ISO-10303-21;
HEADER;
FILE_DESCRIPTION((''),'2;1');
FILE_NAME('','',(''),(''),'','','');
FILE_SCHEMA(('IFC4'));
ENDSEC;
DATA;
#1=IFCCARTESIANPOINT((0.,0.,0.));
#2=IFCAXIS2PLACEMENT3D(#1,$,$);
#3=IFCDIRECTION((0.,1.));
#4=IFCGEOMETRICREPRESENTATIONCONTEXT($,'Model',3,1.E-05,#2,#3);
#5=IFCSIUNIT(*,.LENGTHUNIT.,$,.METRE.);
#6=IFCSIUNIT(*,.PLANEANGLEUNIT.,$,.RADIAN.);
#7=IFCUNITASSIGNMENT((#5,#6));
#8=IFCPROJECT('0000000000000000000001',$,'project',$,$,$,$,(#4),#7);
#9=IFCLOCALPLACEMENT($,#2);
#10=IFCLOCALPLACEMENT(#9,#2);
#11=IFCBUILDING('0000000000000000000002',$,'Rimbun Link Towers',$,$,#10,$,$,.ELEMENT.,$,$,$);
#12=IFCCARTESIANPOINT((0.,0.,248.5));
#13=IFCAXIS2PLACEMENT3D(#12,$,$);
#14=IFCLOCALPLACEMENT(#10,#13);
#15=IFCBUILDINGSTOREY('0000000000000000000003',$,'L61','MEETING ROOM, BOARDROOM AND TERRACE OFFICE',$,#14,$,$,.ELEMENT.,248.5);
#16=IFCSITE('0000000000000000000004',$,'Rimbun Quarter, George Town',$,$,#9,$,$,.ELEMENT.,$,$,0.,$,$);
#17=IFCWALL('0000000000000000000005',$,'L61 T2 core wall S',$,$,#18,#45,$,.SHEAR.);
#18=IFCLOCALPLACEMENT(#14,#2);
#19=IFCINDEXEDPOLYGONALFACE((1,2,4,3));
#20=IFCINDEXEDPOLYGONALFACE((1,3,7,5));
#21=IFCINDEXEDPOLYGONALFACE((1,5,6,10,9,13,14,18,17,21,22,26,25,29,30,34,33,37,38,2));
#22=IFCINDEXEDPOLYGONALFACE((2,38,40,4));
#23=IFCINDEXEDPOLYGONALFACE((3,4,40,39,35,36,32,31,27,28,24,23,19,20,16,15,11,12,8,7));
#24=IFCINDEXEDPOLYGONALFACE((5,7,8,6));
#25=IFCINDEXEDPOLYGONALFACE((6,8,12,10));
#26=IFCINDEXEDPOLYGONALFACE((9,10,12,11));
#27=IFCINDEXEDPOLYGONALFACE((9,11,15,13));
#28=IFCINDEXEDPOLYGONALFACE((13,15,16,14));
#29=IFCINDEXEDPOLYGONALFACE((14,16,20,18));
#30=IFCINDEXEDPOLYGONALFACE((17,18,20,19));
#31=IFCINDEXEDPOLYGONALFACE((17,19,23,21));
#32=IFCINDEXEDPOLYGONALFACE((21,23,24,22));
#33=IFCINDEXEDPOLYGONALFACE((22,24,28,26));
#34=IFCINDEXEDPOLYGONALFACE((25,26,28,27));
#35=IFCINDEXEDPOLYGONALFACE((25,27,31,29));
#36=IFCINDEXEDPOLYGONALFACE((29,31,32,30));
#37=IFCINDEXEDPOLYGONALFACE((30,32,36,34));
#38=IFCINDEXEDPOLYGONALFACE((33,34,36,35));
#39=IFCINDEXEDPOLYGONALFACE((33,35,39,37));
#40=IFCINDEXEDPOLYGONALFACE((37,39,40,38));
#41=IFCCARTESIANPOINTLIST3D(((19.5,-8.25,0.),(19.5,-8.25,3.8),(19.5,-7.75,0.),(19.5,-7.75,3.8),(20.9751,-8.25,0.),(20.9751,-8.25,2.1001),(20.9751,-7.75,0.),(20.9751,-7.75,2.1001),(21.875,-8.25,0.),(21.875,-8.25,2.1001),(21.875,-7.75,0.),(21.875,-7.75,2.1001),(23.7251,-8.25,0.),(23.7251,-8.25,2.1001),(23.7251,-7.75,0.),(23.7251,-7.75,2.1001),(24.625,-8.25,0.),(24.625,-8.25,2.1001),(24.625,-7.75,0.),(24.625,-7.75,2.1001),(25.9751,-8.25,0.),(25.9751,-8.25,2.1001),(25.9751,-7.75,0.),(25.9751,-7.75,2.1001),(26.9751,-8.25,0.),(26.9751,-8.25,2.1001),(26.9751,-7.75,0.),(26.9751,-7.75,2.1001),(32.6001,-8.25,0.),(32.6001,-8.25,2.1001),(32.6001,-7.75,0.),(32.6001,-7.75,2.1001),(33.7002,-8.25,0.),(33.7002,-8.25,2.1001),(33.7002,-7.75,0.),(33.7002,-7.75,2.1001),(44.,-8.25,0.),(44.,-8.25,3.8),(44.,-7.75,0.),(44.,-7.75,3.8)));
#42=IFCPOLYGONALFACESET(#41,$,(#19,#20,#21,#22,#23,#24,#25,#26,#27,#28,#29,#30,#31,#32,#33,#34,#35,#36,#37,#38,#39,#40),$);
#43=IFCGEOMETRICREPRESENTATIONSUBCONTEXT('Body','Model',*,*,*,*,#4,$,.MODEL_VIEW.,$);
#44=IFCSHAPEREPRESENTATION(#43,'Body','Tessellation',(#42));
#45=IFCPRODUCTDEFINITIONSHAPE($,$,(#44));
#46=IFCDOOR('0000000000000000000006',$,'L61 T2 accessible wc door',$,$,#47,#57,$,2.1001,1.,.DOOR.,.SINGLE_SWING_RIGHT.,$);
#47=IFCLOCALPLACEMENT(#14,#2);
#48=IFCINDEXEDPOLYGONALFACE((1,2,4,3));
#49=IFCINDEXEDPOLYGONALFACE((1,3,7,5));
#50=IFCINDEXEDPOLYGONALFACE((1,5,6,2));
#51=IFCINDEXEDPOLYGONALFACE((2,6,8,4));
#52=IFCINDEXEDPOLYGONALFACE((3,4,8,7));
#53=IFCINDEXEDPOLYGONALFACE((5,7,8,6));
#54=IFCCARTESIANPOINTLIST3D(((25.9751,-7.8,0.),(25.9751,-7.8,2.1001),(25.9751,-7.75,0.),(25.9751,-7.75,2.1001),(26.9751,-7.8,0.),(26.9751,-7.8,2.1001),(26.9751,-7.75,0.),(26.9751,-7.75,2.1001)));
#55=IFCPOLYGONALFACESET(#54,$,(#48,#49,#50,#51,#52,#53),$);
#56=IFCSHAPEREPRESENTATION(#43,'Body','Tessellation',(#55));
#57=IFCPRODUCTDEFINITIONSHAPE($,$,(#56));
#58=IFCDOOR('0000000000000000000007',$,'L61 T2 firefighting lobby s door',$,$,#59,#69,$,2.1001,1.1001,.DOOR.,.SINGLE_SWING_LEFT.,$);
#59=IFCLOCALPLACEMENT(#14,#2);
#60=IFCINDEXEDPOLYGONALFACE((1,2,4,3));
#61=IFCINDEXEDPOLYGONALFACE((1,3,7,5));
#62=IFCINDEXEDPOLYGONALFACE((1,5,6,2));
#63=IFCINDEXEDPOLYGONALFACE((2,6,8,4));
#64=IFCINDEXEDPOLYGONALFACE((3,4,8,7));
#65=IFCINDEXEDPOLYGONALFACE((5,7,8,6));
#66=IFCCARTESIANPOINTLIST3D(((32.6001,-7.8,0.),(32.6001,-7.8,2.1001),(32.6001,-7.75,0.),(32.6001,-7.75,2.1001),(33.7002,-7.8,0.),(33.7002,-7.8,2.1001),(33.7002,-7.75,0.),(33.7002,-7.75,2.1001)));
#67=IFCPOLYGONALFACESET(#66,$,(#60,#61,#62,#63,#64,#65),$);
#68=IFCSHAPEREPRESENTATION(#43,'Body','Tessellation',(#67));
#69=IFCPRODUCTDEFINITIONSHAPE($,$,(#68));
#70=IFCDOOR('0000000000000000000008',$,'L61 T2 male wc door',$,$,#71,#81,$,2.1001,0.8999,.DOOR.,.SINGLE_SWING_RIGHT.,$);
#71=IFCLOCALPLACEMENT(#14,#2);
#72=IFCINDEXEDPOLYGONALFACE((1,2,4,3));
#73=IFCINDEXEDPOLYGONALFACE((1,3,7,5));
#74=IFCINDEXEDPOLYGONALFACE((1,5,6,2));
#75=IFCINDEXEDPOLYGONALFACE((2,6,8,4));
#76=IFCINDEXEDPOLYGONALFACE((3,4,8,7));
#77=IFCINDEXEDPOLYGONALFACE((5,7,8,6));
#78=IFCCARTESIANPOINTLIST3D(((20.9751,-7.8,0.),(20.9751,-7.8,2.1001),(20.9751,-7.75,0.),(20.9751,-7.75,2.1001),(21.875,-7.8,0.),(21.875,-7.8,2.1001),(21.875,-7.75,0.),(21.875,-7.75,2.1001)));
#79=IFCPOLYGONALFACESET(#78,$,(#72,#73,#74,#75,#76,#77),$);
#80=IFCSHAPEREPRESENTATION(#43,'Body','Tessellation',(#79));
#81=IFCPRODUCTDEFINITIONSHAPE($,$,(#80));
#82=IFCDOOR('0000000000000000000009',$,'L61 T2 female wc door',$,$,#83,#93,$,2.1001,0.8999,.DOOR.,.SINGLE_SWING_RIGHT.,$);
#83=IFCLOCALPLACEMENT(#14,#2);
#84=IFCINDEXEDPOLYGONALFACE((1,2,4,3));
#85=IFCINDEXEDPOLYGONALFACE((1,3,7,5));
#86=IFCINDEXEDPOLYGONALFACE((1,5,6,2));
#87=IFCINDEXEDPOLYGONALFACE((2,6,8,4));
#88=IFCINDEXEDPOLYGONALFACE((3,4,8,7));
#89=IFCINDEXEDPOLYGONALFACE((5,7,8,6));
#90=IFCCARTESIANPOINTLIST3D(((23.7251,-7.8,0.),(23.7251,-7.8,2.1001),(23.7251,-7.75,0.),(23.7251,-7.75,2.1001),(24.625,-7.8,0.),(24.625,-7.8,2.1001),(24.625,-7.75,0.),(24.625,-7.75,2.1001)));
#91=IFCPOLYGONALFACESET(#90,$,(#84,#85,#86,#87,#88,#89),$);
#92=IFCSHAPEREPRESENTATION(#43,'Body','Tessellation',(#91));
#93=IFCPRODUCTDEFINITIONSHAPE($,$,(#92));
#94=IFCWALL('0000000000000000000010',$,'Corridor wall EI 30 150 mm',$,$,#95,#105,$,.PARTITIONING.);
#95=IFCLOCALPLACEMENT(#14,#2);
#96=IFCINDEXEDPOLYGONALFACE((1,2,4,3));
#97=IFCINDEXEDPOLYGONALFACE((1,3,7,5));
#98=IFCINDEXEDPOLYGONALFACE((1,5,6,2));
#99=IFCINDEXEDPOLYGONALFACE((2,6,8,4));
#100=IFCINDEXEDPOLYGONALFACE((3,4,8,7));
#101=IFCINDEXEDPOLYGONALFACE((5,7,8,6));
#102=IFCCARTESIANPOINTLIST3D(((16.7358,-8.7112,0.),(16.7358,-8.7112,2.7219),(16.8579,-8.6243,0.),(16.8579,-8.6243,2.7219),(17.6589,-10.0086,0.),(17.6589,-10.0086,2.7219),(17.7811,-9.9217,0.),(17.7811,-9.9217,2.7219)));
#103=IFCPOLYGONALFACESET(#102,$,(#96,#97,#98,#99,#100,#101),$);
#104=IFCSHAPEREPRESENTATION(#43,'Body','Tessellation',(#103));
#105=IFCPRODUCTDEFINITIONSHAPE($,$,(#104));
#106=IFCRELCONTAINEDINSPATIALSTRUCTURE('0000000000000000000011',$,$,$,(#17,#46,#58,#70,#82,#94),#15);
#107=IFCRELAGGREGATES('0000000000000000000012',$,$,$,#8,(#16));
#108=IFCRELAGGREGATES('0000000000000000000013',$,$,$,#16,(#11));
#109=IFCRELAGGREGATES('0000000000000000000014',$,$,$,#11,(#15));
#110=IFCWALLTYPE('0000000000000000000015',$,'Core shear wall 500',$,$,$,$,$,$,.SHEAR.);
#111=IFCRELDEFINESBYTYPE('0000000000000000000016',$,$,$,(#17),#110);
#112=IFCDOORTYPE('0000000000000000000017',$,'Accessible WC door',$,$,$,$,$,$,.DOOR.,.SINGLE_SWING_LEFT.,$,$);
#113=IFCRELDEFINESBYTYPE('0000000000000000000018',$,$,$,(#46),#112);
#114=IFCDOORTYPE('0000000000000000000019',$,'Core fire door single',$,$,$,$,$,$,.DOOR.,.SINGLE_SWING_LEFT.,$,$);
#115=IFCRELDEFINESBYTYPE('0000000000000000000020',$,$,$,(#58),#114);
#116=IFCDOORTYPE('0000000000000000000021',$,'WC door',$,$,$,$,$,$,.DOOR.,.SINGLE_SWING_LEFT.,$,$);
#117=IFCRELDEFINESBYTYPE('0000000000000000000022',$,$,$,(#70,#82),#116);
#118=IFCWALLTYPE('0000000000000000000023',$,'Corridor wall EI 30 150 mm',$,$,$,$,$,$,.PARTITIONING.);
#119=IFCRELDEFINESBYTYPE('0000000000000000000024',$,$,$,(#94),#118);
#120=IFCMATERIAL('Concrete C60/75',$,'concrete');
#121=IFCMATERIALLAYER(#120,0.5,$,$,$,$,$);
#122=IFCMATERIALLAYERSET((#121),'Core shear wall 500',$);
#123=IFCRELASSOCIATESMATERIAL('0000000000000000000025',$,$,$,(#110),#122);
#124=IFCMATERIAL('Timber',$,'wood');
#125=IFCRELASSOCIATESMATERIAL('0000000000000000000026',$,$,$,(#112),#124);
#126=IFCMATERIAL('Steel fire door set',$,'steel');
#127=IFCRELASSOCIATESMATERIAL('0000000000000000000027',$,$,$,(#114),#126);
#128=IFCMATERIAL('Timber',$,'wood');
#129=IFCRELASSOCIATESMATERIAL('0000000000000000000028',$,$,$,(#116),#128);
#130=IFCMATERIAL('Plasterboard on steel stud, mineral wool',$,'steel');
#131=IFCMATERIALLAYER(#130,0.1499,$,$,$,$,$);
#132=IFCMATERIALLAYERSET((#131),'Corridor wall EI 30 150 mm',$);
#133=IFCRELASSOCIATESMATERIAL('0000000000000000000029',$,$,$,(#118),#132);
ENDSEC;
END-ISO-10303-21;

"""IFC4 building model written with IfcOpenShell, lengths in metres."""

from ifc_helpers import new_model, si_unit, direction, frame, frame_2d, origin, place, context, subcontext, project, spatial, rectangle, extrude, material, layer, layer_set, type_object, element, fill, save


model = new_model("IFC4")

# Units and contexts
model_context = context("Model", 3, precision=1e-05, world=origin(), true_north=direction((0.0, 1.0)))
body_context = subcontext(model_context, "Body", "Model", "MODEL_VIEW")
ifc_project = project(units=[si_unit("LENGTHUNIT", "METRE"), si_unit("PLANEANGLEUNIT", "RADIAN")], contexts=[model_context])

# Site, building, storey
site_placement = place(None, origin())
site = spatial("IfcSite", under=ifc_project, at=site_placement, Name="Rimbun Quarter, George Town", CompositionType="ELEMENT", RefElevation=0.0)
building_placement = place(site_placement, origin())
building = spatial("IfcBuilding", under=site, at=building_placement, Name="Rimbun Link Towers", CompositionType="ELEMENT")
storey_placement = place(building_placement, frame((0.0, 0.0, 248.5)))
storey = spatial("IfcBuildingStorey", under=building, at=storey_placement, Name="L61", Description="MEETING ROOM, BOARDROOM AND TERRACE OFFICE", CompositionType="ELEMENT", Elevation=248.5)

# Wall, openings, doors
ifc_material_1 = material(Name="Concrete C60/75", Category="concrete")
ifc_layer_1 = layer(ifc_material_1, 0.5)
ifc_layer_set_1 = layer_set([ifc_layer_1], Name="Core shear wall 500")
wall_type_1 = type_object("IfcWallType", Name="Core shear wall 500", PredefinedType="SHEAR", material=ifc_layer_set_1)
wall_1_placement = place(storey_placement, frame((19.5, -8.0, 0.0), z_axis=(0.0, 0.0, 1.0), x_axis=(1.0, 0.0, 0.0)))
wall_1 = element("IfcWall", 1, at=wall_1_placement, inside=storey, type_object=wall_type_1, Name="L61 T2 core wall S", PredefinedType="SHEAR", context=body_context, shape_type="SweptSolid", body=[
    extrude(rectangle(XDim=24.5, YDim=0.5, at=frame_2d((12.25, 0.0))), origin(), (0.0, 0.0, 1.0), 3.8),
])
opening_1_placement = place(wall_1_placement, frame((13.1001, 0.0, 0.0)))
opening_1 = element("IfcOpeningElement", 2, at=opening_1_placement, cuts=wall_1, PredefinedType="OPENING", context=body_context, shape_type="SweptSolid", body=[
    extrude(rectangle(XDim=1.1001, YDim=2.1001, at=frame_2d((0.55, 1.05))), frame((0.0, 0.26, 0.0), z_axis=(0.0, -1.0, 0.0), x_axis=(1.0, 0.0, 0.0)), (0.0, 0.0, 1.0), 0.52),
])
opening_2_placement = place(wall_1_placement, frame((1.4751, 0.0, 0.0)))
opening_2 = element("IfcOpeningElement", 3, at=opening_2_placement, cuts=wall_1, PredefinedType="OPENING", context=body_context, shape_type="SweptSolid", body=[
    extrude(rectangle(XDim=0.8999, YDim=2.1001, at=frame_2d((0.45, 1.05))), frame((0.0, 0.26, 0.0), z_axis=(0.0, -1.0, 0.0), x_axis=(1.0, 0.0, 0.0)), (0.0, 0.0, 1.0), 0.52),
])
opening_3_placement = place(wall_1_placement, frame((4.2251, 0.0, 0.0)))
opening_3 = element("IfcOpeningElement", 4, at=opening_3_placement, cuts=wall_1, PredefinedType="OPENING", context=body_context, shape_type="SweptSolid", body=[
    extrude(rectangle(XDim=0.8999, YDim=2.1001, at=frame_2d((0.45, 1.05))), frame((0.0, 0.26, 0.0), z_axis=(0.0, -1.0, 0.0), x_axis=(1.0, 0.0, 0.0)), (0.0, 0.0, 1.0), 0.52),
])
opening_4_placement = place(wall_1_placement, frame((6.4751, 0.0, 0.0)))
opening_4 = element("IfcOpeningElement", 5, at=opening_4_placement, cuts=wall_1, PredefinedType="OPENING", context=body_context, shape_type="SweptSolid", body=[
    extrude(rectangle(XDim=1.0, YDim=2.1001, at=frame_2d((0.5, 1.05))), frame((0.0, 0.26, 0.0), z_axis=(0.0, -1.0, 0.0), x_axis=(1.0, 0.0, 0.0)), (0.0, 0.0, 1.0), 0.52),
])
ifc_material_2 = material(Name="Timber", Category="wood")
door_type_1 = type_object("IfcDoorType", Name="Accessible WC door", OperationType="SINGLE_SWING_LEFT", PredefinedType="DOOR", material=ifc_material_2)
door_1_placement = place(opening_4_placement, origin())
door_1 = element("IfcDoor", 6, at=door_1_placement, inside=storey, type_object=door_type_1, Name="L61 T2 accessible wc door", OperationType="SINGLE_SWING_RIGHT", OverallHeight=2.1001, OverallWidth=1.0, PredefinedType="DOOR", context=body_context, shape_type="SweptSolid", body=[
    extrude(rectangle(XDim=1.0, YDim=2.1001, at=frame_2d((0.5, 1.05))), frame((0.0, 0.25, 0.0), z_axis=(0.0, -1.0, 0.0), x_axis=(1.0, 0.0, 0.0)), (0.0, 0.0, 1.0), 0.05),
])
fill(opening_4, door_1)
ifc_material_3 = material(Name="Steel fire door set", Category="steel")
door_type_2 = type_object("IfcDoorType", Name="Core fire door single", OperationType="SINGLE_SWING_LEFT", PredefinedType="DOOR", material=ifc_material_3)
door_2_placement = place(opening_1_placement, origin())
door_2 = element("IfcDoor", 7, at=door_2_placement, inside=storey, type_object=door_type_2, Name="L61 T2 firefighting lobby s door", OperationType="SINGLE_SWING_LEFT", OverallHeight=2.1001, OverallWidth=1.1001, PredefinedType="DOOR", context=body_context, shape_type="SweptSolid", body=[
    extrude(rectangle(XDim=1.1001, YDim=2.1001, at=frame_2d((0.55, 1.05))), frame((0.0, 0.25, 0.0), z_axis=(0.0, -1.0, 0.0), x_axis=(1.0, 0.0, 0.0)), (0.0, 0.0, 1.0), 0.05),
])
fill(opening_1, door_2)
ifc_material_4 = material(Name="Timber", Category="wood")
door_type_3 = type_object("IfcDoorType", Name="WC door", OperationType="SINGLE_SWING_LEFT", PredefinedType="DOOR", material=ifc_material_4)
door_3_placement = place(opening_2_placement, origin())
door_3 = element("IfcDoor", 8, at=door_3_placement, inside=storey, type_object=door_type_3, Name="L61 T2 male wc door", OperationType="SINGLE_SWING_RIGHT", OverallHeight=2.1001, OverallWidth=0.8999, PredefinedType="DOOR", context=body_context, shape_type="SweptSolid", body=[
    extrude(rectangle(XDim=0.8999, YDim=2.1001, at=frame_2d((0.45, 1.05))), frame((0.0, 0.25, 0.0), z_axis=(0.0, -1.0, 0.0), x_axis=(1.0, 0.0, 0.0)), (0.0, 0.0, 1.0), 0.05),
])
fill(opening_2, door_3)
door_4_placement = place(opening_3_placement, origin())
door_4 = element("IfcDoor", 9, at=door_4_placement, inside=storey, type_object=door_type_3, Name="L61 T2 female wc door", OperationType="SINGLE_SWING_RIGHT", OverallHeight=2.1001, OverallWidth=0.8999, PredefinedType="DOOR", context=body_context, shape_type="SweptSolid", body=[
    extrude(rectangle(XDim=0.8999, YDim=2.1001, at=frame_2d((0.45, 1.05))), frame((0.0, 0.25, 0.0), z_axis=(0.0, -1.0, 0.0), x_axis=(1.0, 0.0, 0.0)), (0.0, 0.0, 1.0), 0.05),
])
fill(opening_3, door_4)

# Wall
ifc_material_5 = material(Name="Plasterboard on steel stud, mineral wool", Category="steel")
ifc_layer_2 = layer(ifc_material_5, 0.1499)
ifc_layer_set_2 = layer_set([ifc_layer_2], Name="Corridor wall EI 30 150 mm")
wall_type_2 = type_object("IfcWallType", Name="Corridor wall EI 30 150 mm", PredefinedType="PARTITIONING", material=ifc_layer_set_2)
wall_2_placement = place(storey_placement, frame((16.7969, -8.6677, 0.0), z_axis=(0.0, 0.0, 1.0), x_axis=(0.579743, -0.814799, 0.0)))
element("IfcWall", 10, at=wall_2_placement, inside=storey, type_object=wall_type_2, Name="Corridor wall EI 30 150 mm", PredefinedType="PARTITIONING", context=body_context, shape_type="SweptSolid", body=[
    extrude(rectangle(XDim=1.5923, YDim=0.1499, at=frame_2d((0.7961, 0.0))), origin(), (0.0, 0.0, 1.0), 2.7219),
])

save(model, "model.ifc")
